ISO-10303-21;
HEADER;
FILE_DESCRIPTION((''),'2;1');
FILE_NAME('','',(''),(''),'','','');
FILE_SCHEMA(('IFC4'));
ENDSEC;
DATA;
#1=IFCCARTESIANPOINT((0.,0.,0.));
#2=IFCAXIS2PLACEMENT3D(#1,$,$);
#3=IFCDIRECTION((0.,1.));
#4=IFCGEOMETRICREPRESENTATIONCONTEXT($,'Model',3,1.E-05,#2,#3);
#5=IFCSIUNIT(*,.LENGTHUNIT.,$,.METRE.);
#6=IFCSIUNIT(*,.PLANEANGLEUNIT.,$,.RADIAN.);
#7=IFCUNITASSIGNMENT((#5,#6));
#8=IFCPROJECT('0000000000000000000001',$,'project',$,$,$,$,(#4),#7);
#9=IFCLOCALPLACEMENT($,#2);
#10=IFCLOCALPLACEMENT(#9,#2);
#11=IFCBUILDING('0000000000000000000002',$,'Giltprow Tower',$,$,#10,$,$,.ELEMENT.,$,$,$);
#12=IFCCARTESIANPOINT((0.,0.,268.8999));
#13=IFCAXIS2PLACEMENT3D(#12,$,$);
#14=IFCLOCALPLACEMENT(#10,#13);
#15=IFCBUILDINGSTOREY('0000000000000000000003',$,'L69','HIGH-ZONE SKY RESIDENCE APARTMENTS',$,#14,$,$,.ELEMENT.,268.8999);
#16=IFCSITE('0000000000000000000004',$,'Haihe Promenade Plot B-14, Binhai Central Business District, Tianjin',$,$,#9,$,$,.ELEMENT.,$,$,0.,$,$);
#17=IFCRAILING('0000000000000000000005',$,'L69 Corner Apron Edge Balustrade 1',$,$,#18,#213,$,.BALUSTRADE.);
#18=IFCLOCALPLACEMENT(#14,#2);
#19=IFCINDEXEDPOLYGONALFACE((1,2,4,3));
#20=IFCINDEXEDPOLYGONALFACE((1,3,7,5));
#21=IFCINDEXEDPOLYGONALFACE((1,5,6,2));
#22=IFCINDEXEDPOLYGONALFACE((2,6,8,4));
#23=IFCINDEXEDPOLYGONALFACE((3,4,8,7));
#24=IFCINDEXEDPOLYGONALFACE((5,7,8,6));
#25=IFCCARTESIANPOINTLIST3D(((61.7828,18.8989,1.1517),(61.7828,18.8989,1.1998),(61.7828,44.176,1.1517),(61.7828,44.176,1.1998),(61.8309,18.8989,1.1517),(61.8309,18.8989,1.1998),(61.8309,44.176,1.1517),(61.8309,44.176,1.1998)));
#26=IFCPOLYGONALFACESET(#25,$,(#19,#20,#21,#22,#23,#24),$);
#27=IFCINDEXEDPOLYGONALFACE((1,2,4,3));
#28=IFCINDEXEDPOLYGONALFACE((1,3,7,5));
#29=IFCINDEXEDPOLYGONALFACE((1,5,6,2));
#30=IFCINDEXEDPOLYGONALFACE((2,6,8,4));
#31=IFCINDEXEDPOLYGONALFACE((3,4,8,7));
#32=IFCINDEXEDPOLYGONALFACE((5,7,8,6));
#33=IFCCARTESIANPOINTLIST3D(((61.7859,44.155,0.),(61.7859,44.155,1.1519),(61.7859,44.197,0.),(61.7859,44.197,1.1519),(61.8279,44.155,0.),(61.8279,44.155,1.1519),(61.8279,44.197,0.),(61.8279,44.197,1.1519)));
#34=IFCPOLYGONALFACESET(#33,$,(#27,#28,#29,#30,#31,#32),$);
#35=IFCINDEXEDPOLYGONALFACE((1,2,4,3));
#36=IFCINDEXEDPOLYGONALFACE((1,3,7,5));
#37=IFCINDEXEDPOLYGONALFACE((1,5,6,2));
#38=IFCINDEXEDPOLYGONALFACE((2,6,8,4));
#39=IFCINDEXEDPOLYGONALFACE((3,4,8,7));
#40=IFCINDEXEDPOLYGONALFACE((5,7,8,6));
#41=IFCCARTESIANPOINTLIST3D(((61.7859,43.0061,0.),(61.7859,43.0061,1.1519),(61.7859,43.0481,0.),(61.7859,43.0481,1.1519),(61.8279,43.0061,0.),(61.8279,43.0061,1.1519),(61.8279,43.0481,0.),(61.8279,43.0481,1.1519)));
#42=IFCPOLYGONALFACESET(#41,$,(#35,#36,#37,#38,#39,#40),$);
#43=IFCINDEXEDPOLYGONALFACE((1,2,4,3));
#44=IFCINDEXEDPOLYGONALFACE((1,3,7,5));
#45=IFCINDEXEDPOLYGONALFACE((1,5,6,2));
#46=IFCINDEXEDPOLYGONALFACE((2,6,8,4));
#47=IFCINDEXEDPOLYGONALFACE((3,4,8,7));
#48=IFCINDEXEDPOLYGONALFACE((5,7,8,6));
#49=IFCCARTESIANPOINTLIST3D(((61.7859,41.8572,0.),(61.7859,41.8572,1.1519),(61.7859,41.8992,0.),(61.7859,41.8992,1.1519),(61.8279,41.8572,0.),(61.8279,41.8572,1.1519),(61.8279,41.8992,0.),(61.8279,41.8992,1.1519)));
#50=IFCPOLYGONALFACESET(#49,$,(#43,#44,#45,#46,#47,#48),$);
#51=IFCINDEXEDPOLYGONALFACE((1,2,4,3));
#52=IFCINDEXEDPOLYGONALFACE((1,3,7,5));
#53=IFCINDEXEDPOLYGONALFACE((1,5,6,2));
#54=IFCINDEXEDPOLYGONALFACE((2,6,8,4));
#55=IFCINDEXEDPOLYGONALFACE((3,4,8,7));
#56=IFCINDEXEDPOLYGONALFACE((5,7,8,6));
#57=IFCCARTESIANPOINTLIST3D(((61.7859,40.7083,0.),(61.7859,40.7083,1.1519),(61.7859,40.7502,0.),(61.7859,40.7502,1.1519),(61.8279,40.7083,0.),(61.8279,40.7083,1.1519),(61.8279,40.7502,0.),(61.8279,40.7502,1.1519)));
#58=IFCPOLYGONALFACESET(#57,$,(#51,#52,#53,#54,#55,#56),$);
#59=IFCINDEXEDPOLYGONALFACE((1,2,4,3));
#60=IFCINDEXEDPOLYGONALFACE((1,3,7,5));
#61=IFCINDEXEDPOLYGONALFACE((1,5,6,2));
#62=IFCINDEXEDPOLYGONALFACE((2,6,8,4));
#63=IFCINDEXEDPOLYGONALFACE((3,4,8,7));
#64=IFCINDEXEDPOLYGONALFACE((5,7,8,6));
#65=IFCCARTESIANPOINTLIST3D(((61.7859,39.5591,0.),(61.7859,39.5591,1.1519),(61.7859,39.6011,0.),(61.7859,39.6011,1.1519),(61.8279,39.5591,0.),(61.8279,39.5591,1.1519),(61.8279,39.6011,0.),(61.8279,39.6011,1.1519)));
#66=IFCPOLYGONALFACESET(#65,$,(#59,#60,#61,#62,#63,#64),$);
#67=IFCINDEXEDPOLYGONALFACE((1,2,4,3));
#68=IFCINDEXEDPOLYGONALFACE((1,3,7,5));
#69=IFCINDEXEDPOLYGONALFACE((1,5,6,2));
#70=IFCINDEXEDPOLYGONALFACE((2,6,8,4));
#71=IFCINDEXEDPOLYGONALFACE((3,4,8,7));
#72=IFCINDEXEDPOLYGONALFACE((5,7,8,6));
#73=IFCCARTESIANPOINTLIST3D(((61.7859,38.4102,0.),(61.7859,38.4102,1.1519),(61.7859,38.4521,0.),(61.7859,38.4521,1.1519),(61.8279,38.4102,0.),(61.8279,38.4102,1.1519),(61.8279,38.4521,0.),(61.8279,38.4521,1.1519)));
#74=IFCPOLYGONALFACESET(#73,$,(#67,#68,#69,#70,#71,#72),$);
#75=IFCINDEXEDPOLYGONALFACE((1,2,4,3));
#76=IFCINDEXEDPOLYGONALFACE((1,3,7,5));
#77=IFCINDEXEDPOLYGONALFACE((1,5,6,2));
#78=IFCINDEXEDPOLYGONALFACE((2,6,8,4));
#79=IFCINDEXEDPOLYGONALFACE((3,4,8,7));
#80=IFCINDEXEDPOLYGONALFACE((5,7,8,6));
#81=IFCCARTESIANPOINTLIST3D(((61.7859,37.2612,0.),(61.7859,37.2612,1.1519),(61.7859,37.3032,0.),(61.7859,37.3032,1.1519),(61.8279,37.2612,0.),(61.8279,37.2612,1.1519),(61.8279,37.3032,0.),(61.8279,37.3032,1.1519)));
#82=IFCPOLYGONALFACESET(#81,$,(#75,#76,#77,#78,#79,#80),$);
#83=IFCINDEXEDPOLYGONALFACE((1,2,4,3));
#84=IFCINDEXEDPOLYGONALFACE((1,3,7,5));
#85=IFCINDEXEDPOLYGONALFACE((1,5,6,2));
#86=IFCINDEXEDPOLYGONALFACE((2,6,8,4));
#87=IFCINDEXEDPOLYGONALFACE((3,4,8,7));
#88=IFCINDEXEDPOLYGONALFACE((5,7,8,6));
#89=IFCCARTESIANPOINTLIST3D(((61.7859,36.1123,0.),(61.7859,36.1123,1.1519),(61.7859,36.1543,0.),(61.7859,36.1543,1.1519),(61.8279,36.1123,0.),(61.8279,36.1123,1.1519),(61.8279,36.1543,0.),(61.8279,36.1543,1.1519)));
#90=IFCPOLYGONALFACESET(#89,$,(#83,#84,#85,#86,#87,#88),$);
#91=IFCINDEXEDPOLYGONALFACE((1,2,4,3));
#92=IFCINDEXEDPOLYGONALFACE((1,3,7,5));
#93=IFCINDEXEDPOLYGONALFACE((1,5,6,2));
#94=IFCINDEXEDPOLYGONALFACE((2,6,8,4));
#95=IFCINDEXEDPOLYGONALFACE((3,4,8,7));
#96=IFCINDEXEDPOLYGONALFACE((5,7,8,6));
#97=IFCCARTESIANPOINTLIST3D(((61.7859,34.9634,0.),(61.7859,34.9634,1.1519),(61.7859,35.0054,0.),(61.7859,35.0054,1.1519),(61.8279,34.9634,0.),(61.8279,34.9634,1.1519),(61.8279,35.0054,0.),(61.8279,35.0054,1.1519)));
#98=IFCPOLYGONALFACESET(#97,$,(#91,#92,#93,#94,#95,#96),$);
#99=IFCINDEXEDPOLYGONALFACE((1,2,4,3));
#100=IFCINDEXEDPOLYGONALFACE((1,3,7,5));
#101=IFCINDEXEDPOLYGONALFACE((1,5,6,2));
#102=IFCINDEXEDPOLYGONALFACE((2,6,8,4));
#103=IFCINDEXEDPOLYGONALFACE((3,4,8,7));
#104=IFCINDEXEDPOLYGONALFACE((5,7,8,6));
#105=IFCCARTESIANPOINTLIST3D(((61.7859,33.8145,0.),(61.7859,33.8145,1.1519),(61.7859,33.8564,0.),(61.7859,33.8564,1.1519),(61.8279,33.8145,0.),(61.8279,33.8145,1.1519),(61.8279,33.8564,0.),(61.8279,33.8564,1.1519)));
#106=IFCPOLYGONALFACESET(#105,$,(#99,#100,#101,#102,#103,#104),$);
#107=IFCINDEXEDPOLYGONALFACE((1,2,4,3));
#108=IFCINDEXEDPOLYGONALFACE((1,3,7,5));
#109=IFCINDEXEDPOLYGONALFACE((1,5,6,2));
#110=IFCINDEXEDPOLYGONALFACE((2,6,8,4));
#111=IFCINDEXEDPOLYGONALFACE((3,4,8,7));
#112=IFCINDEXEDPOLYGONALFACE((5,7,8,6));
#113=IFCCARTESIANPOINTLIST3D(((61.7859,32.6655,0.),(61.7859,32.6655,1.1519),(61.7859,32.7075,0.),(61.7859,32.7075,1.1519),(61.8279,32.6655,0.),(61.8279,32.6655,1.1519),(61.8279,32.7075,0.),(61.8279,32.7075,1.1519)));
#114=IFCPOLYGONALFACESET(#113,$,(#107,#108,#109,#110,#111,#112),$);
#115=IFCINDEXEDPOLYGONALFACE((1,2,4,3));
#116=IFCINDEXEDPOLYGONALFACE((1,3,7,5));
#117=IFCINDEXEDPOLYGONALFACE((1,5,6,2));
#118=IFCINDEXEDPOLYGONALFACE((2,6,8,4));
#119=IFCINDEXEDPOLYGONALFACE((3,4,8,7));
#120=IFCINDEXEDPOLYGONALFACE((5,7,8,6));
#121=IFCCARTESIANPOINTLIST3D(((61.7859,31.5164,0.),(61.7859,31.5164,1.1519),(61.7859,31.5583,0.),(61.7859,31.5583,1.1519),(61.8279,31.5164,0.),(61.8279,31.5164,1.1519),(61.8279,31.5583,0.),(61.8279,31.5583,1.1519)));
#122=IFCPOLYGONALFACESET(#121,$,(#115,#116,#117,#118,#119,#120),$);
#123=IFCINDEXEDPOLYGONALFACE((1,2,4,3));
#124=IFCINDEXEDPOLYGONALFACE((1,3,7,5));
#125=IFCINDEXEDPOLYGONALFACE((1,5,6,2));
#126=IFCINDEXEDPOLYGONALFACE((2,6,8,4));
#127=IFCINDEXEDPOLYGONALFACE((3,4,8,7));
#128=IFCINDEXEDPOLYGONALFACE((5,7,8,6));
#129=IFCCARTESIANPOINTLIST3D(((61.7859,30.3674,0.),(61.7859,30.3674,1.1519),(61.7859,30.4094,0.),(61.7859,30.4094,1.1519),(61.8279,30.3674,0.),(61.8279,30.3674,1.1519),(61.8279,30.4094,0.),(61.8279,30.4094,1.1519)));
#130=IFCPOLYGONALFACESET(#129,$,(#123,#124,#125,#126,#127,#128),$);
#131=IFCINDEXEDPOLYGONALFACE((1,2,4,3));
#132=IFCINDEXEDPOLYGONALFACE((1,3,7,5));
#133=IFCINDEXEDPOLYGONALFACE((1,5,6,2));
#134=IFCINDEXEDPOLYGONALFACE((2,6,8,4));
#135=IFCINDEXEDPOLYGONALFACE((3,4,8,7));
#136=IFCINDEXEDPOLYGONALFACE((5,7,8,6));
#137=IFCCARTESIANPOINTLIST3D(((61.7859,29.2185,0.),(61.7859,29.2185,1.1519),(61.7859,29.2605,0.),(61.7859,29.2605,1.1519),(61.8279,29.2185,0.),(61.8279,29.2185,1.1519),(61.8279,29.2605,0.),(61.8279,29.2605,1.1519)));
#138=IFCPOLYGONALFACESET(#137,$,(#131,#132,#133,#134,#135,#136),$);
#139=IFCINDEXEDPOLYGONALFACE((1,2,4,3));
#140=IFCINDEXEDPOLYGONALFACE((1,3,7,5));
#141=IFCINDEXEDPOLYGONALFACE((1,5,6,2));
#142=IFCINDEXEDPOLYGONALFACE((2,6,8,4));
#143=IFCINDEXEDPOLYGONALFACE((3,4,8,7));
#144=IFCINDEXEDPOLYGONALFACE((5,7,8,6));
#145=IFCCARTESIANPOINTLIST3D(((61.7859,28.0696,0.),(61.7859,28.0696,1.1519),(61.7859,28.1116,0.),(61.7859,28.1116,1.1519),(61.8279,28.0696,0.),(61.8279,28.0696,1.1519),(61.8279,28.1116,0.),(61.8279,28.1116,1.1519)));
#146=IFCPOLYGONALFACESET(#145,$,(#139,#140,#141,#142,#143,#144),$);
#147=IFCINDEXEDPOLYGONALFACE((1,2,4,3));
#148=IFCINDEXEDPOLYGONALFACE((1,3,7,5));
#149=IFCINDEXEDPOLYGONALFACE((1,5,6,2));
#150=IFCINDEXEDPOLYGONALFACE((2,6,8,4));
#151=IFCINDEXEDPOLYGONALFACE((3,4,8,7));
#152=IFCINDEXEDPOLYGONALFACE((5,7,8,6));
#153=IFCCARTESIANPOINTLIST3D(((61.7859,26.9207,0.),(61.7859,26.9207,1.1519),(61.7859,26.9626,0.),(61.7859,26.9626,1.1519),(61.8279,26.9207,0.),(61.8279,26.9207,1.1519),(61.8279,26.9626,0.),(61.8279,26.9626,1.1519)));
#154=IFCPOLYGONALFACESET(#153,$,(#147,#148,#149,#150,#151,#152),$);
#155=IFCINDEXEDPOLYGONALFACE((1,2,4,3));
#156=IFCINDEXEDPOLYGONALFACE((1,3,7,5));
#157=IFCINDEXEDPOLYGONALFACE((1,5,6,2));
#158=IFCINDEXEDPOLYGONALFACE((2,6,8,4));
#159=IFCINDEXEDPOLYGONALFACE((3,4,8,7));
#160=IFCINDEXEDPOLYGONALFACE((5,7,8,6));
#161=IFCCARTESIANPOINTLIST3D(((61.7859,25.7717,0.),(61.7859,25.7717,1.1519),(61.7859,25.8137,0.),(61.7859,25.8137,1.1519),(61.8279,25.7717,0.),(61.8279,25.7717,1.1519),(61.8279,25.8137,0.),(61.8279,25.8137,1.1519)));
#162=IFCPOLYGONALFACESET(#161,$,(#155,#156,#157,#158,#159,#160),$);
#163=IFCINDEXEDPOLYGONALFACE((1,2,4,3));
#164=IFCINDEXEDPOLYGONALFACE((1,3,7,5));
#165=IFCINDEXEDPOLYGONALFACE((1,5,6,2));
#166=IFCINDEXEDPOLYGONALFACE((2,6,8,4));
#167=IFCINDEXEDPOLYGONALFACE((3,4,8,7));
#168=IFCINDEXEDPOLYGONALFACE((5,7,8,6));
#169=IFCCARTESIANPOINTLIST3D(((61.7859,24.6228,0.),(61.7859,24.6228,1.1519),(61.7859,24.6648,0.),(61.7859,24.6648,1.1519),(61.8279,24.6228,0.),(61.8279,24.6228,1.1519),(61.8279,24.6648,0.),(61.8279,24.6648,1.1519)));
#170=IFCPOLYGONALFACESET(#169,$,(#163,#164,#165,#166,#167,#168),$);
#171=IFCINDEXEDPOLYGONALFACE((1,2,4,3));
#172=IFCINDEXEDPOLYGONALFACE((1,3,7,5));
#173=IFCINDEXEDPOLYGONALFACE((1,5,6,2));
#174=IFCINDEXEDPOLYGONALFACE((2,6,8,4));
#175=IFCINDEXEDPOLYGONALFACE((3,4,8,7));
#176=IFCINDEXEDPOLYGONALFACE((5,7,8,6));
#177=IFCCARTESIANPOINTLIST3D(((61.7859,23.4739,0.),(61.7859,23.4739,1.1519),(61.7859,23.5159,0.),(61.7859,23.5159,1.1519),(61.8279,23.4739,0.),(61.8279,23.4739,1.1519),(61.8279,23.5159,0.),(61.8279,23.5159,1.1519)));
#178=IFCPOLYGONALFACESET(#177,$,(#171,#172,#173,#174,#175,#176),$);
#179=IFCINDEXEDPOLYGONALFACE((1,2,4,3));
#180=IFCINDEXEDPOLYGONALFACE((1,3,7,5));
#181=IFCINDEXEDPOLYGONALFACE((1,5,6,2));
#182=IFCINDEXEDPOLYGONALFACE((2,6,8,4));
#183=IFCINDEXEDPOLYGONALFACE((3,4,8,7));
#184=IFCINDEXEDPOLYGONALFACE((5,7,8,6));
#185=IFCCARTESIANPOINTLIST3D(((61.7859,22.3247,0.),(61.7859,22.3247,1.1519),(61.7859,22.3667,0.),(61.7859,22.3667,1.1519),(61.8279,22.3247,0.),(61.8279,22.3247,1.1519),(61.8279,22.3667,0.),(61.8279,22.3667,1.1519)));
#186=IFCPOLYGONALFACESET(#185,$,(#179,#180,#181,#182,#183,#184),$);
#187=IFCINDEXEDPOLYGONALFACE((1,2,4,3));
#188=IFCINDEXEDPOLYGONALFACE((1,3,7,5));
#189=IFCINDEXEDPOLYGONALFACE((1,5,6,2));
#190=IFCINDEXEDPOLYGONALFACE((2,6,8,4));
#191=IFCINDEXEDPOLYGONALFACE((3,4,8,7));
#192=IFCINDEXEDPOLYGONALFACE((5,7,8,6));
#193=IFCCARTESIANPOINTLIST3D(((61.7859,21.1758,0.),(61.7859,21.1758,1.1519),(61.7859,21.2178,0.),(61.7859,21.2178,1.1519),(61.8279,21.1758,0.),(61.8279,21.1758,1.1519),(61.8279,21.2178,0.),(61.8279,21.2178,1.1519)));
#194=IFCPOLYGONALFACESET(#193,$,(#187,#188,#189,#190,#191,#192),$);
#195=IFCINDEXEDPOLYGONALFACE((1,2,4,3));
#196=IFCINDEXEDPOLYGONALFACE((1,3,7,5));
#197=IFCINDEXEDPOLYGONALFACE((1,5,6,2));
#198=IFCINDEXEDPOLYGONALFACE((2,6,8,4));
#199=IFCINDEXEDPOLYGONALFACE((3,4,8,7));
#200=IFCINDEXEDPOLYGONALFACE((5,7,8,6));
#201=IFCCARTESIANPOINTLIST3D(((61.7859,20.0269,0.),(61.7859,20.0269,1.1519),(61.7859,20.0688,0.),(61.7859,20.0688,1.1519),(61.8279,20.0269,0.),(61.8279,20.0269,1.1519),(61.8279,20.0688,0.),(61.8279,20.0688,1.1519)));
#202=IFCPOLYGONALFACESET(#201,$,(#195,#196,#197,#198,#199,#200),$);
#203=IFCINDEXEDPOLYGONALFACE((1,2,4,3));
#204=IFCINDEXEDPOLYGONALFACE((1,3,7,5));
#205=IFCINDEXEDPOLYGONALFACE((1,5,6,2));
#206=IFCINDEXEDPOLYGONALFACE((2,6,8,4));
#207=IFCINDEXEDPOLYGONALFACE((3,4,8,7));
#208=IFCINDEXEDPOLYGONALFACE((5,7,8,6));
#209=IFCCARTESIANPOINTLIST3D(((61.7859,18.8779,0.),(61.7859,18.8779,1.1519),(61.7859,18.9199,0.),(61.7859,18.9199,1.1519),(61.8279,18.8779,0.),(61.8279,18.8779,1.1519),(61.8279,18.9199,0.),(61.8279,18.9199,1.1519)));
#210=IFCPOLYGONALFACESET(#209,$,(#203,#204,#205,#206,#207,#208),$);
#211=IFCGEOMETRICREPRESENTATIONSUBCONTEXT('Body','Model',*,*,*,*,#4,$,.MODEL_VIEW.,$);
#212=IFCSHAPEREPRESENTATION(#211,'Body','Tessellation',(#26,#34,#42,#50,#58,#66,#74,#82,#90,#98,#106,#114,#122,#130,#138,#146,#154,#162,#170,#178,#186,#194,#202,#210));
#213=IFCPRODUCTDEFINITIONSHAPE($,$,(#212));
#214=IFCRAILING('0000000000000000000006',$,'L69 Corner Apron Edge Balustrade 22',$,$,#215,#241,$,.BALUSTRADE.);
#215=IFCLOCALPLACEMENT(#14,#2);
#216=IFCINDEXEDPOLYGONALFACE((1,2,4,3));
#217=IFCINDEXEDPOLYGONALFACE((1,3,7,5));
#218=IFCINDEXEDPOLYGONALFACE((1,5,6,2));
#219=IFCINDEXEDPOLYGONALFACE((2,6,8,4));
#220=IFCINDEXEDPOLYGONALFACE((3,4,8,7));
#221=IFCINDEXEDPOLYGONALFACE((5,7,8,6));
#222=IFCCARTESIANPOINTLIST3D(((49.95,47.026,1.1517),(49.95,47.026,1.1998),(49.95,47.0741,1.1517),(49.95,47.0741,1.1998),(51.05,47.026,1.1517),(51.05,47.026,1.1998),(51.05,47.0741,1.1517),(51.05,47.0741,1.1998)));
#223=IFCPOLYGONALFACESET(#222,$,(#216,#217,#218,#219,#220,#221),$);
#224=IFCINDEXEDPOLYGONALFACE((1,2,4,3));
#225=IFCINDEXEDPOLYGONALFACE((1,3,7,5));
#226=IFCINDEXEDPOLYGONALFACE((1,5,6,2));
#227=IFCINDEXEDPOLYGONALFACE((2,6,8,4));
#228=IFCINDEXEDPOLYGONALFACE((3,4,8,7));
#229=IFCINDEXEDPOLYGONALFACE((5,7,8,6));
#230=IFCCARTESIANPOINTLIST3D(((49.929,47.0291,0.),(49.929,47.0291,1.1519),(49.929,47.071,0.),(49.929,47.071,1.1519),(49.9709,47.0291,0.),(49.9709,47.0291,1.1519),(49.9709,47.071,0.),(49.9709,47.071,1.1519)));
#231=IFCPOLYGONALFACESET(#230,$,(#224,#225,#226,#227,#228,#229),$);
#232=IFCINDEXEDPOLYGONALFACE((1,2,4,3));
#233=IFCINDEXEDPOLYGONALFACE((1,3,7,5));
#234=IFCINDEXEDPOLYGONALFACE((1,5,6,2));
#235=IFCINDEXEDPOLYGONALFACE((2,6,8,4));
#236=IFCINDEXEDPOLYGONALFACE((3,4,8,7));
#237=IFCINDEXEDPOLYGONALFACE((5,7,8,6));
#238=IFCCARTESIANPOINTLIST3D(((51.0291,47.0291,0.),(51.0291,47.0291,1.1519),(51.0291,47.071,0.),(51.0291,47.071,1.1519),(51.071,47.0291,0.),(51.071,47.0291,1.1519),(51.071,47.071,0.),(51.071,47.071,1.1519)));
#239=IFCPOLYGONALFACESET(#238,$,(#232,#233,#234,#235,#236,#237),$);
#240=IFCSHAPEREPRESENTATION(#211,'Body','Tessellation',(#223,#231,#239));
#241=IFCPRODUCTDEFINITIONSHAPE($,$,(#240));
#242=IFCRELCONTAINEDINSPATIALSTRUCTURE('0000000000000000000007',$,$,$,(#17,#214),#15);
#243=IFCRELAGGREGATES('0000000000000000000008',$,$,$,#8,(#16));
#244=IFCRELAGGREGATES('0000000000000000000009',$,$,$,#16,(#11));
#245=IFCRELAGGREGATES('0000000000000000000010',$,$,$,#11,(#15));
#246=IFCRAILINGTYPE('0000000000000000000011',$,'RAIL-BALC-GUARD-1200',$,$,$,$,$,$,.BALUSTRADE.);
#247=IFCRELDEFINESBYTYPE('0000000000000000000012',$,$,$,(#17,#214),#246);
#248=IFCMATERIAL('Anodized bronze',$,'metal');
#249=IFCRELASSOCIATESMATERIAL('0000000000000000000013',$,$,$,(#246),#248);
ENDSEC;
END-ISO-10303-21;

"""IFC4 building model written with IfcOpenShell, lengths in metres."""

from ifc_helpers import new_model, si_unit, direction, frame, origin, origin_2d, place, context, subcontext, project, spatial, rectangle, extrude, material, type_object, element, save


model = new_model("IFC4")

# Units and contexts
model_context = context("Model", 3, precision=1e-05, world=origin(), true_north=direction((0.0, 1.0)))
body_context = subcontext(model_context, "Body", "Model", "MODEL_VIEW")
ifc_project = project(units=[si_unit("LENGTHUNIT", "METRE"), si_unit("PLANEANGLEUNIT", "RADIAN")], contexts=[model_context])

# Site, building, storey
site_placement = place(None, origin())
site = spatial("IfcSite", under=ifc_project, at=site_placement, Name="Haihe Promenade Plot B-14, Binhai Central Business District, Tianjin", CompositionType="ELEMENT", RefElevation=0.0)
building_placement = place(site_placement, origin())
building = spatial("IfcBuilding", under=site, at=building_placement, Name="Giltprow Tower", CompositionType="ELEMENT")
storey_placement = place(building_placement, frame((0.0, 0.0, 268.8999)))
storey = spatial("IfcBuildingStorey", under=building, at=storey_placement, Name="L69", Description="HIGH-ZONE SKY RESIDENCE APARTMENTS", CompositionType="ELEMENT", Elevation=268.8999)

# Railings
ifc_material_1 = material(Name="Anodized bronze", Category="metal")
railing_type = type_object("IfcRailingType", Name="RAIL-BALC-GUARD-1200", PredefinedType="BALUSTRADE", material=ifc_material_1)
railing_1_placement = place(storey_placement, frame((61.8069, 44.176, 0.0)))
element("IfcRailing", 1, at=railing_1_placement, inside=storey, type_object=railing_type, Name="L69 Corner Apron Edge Balustrade 1", PredefinedType="BALUSTRADE", context=body_context, shape_type="SweptSolid", body=[
    extrude(rectangle(XDim=0.0481, YDim=0.0481, at=origin_2d()), frame((0.0, 0.0, 1.1758), z_axis=(0.0, -1.0, 0.0), x_axis=(1.0, 0.0, 0.0)), (0.0, 0.0, 1.0), 25.2771),
    extrude(rectangle(XDim=0.042, YDim=0.042, at=origin_2d()), origin(), (0.0, 0.0, 1.0), 1.1519),
    extrude(rectangle(XDim=0.042, YDim=0.042, at=origin_2d()), frame((0.0, -1.1489, 0.0)), (0.0, 0.0, 1.0), 1.1519),
    extrude(rectangle(XDim=0.042, YDim=0.042, at=origin_2d()), frame((0.0, -2.2979, 0.0)), (0.0, 0.0, 1.0), 1.1519),
    extrude(rectangle(XDim=0.042, YDim=0.042, at=origin_2d()), frame((0.0, -3.4468, 0.0)), (0.0, 0.0, 1.0), 1.1519),
    extrude(rectangle(XDim=0.042, YDim=0.042, at=origin_2d()), frame((0.0, -4.5959, 0.0)), (0.0, 0.0, 1.0), 1.1519),
    extrude(rectangle(XDim=0.042, YDim=0.042, at=origin_2d()), frame((0.0, -5.7449, 0.0)), (0.0, 0.0, 1.0), 1.1519),
    extrude(rectangle(XDim=0.042, YDim=0.042, at=origin_2d()), frame((0.0, -6.8938, 0.0)), (0.0, 0.0, 1.0), 1.1519),
    extrude(rectangle(XDim=0.042, YDim=0.042, at=origin_2d()), frame((0.0, -8.0427, 0.0)), (0.0, 0.0, 1.0), 1.1519),
    extrude(rectangle(XDim=0.042, YDim=0.042, at=origin_2d()), frame((0.0, -9.1917, 0.0)), (0.0, 0.0, 1.0), 1.1519),
    extrude(rectangle(XDim=0.042, YDim=0.042, at=origin_2d()), frame((0.0, -10.3406, 0.0)), (0.0, 0.0, 1.0), 1.1519),
    extrude(rectangle(XDim=0.042, YDim=0.042, at=origin_2d()), frame((0.0, -11.4895, 0.0)), (0.0, 0.0, 1.0), 1.1519),
    extrude(rectangle(XDim=0.042, YDim=0.042, at=origin_2d()), frame((0.0, -12.6387, 0.0)), (0.0, 0.0, 1.0), 1.1519),
    extrude(rectangle(XDim=0.042, YDim=0.042, at=origin_2d()), frame((0.0, -13.7876, 0.0)), (0.0, 0.0, 1.0), 1.1519),
    extrude(rectangle(XDim=0.042, YDim=0.042, at=origin_2d()), frame((0.0, -14.9365, 0.0)), (0.0, 0.0, 1.0), 1.1519),
    extrude(rectangle(XDim=0.042, YDim=0.042, at=origin_2d()), frame((0.0, -16.0854, 0.0)), (0.0, 0.0, 1.0), 1.1519),
    extrude(rectangle(XDim=0.042, YDim=0.042, at=origin_2d()), frame((0.0, -17.2344, 0.0)), (0.0, 0.0, 1.0), 1.1519),
    extrude(rectangle(XDim=0.042, YDim=0.042, at=origin_2d()), frame((0.0, -18.3833, 0.0)), (0.0, 0.0, 1.0), 1.1519),
    extrude(rectangle(XDim=0.042, YDim=0.042, at=origin_2d()), frame((0.0, -19.5322, 0.0)), (0.0, 0.0, 1.0), 1.1519),
    extrude(rectangle(XDim=0.042, YDim=0.042, at=origin_2d()), frame((0.0, -20.6812, 0.0)), (0.0, 0.0, 1.0), 1.1519),
    extrude(rectangle(XDim=0.042, YDim=0.042, at=origin_2d()), frame((0.0, -21.8303, 0.0)), (0.0, 0.0, 1.0), 1.1519),
    extrude(rectangle(XDim=0.042, YDim=0.042, at=origin_2d()), frame((0.0, -22.9792, 0.0)), (0.0, 0.0, 1.0), 1.1519),
    extrude(rectangle(XDim=0.042, YDim=0.042, at=origin_2d()), frame((0.0, -24.1282, 0.0)), (0.0, 0.0, 1.0), 1.1519),
    extrude(rectangle(XDim=0.042, YDim=0.042, at=origin_2d()), frame((0.0, -25.2771, 0.0)), (0.0, 0.0, 1.0), 1.1519),
])
railing_2_placement = place(storey_placement, frame((49.95, 47.05, 0.0)))
element("IfcRailing", 2, at=railing_2_placement, inside=storey, type_object=railing_type, Name="L69 Corner Apron Edge Balustrade 22", PredefinedType="BALUSTRADE", context=body_context, shape_type="SweptSolid", body=[
    extrude(rectangle(XDim=0.0481, YDim=0.0481, at=origin_2d()), frame((0.0, 0.0, 1.1758), z_axis=(1.0, 0.0, 0.0), x_axis=(0.0, 1.0, 0.0)), (0.0, 0.0, 1.0), 1.1001),
    extrude(rectangle(XDim=0.042, YDim=0.042, at=origin_2d()), origin(), (0.0, 0.0, 1.0), 1.1519),
    extrude(rectangle(XDim=0.042, YDim=0.042, at=origin_2d()), frame((1.1001, 0.0, 0.0)), (0.0, 0.0, 1.0), 1.1519),
])

save(model, "model.ifc")
